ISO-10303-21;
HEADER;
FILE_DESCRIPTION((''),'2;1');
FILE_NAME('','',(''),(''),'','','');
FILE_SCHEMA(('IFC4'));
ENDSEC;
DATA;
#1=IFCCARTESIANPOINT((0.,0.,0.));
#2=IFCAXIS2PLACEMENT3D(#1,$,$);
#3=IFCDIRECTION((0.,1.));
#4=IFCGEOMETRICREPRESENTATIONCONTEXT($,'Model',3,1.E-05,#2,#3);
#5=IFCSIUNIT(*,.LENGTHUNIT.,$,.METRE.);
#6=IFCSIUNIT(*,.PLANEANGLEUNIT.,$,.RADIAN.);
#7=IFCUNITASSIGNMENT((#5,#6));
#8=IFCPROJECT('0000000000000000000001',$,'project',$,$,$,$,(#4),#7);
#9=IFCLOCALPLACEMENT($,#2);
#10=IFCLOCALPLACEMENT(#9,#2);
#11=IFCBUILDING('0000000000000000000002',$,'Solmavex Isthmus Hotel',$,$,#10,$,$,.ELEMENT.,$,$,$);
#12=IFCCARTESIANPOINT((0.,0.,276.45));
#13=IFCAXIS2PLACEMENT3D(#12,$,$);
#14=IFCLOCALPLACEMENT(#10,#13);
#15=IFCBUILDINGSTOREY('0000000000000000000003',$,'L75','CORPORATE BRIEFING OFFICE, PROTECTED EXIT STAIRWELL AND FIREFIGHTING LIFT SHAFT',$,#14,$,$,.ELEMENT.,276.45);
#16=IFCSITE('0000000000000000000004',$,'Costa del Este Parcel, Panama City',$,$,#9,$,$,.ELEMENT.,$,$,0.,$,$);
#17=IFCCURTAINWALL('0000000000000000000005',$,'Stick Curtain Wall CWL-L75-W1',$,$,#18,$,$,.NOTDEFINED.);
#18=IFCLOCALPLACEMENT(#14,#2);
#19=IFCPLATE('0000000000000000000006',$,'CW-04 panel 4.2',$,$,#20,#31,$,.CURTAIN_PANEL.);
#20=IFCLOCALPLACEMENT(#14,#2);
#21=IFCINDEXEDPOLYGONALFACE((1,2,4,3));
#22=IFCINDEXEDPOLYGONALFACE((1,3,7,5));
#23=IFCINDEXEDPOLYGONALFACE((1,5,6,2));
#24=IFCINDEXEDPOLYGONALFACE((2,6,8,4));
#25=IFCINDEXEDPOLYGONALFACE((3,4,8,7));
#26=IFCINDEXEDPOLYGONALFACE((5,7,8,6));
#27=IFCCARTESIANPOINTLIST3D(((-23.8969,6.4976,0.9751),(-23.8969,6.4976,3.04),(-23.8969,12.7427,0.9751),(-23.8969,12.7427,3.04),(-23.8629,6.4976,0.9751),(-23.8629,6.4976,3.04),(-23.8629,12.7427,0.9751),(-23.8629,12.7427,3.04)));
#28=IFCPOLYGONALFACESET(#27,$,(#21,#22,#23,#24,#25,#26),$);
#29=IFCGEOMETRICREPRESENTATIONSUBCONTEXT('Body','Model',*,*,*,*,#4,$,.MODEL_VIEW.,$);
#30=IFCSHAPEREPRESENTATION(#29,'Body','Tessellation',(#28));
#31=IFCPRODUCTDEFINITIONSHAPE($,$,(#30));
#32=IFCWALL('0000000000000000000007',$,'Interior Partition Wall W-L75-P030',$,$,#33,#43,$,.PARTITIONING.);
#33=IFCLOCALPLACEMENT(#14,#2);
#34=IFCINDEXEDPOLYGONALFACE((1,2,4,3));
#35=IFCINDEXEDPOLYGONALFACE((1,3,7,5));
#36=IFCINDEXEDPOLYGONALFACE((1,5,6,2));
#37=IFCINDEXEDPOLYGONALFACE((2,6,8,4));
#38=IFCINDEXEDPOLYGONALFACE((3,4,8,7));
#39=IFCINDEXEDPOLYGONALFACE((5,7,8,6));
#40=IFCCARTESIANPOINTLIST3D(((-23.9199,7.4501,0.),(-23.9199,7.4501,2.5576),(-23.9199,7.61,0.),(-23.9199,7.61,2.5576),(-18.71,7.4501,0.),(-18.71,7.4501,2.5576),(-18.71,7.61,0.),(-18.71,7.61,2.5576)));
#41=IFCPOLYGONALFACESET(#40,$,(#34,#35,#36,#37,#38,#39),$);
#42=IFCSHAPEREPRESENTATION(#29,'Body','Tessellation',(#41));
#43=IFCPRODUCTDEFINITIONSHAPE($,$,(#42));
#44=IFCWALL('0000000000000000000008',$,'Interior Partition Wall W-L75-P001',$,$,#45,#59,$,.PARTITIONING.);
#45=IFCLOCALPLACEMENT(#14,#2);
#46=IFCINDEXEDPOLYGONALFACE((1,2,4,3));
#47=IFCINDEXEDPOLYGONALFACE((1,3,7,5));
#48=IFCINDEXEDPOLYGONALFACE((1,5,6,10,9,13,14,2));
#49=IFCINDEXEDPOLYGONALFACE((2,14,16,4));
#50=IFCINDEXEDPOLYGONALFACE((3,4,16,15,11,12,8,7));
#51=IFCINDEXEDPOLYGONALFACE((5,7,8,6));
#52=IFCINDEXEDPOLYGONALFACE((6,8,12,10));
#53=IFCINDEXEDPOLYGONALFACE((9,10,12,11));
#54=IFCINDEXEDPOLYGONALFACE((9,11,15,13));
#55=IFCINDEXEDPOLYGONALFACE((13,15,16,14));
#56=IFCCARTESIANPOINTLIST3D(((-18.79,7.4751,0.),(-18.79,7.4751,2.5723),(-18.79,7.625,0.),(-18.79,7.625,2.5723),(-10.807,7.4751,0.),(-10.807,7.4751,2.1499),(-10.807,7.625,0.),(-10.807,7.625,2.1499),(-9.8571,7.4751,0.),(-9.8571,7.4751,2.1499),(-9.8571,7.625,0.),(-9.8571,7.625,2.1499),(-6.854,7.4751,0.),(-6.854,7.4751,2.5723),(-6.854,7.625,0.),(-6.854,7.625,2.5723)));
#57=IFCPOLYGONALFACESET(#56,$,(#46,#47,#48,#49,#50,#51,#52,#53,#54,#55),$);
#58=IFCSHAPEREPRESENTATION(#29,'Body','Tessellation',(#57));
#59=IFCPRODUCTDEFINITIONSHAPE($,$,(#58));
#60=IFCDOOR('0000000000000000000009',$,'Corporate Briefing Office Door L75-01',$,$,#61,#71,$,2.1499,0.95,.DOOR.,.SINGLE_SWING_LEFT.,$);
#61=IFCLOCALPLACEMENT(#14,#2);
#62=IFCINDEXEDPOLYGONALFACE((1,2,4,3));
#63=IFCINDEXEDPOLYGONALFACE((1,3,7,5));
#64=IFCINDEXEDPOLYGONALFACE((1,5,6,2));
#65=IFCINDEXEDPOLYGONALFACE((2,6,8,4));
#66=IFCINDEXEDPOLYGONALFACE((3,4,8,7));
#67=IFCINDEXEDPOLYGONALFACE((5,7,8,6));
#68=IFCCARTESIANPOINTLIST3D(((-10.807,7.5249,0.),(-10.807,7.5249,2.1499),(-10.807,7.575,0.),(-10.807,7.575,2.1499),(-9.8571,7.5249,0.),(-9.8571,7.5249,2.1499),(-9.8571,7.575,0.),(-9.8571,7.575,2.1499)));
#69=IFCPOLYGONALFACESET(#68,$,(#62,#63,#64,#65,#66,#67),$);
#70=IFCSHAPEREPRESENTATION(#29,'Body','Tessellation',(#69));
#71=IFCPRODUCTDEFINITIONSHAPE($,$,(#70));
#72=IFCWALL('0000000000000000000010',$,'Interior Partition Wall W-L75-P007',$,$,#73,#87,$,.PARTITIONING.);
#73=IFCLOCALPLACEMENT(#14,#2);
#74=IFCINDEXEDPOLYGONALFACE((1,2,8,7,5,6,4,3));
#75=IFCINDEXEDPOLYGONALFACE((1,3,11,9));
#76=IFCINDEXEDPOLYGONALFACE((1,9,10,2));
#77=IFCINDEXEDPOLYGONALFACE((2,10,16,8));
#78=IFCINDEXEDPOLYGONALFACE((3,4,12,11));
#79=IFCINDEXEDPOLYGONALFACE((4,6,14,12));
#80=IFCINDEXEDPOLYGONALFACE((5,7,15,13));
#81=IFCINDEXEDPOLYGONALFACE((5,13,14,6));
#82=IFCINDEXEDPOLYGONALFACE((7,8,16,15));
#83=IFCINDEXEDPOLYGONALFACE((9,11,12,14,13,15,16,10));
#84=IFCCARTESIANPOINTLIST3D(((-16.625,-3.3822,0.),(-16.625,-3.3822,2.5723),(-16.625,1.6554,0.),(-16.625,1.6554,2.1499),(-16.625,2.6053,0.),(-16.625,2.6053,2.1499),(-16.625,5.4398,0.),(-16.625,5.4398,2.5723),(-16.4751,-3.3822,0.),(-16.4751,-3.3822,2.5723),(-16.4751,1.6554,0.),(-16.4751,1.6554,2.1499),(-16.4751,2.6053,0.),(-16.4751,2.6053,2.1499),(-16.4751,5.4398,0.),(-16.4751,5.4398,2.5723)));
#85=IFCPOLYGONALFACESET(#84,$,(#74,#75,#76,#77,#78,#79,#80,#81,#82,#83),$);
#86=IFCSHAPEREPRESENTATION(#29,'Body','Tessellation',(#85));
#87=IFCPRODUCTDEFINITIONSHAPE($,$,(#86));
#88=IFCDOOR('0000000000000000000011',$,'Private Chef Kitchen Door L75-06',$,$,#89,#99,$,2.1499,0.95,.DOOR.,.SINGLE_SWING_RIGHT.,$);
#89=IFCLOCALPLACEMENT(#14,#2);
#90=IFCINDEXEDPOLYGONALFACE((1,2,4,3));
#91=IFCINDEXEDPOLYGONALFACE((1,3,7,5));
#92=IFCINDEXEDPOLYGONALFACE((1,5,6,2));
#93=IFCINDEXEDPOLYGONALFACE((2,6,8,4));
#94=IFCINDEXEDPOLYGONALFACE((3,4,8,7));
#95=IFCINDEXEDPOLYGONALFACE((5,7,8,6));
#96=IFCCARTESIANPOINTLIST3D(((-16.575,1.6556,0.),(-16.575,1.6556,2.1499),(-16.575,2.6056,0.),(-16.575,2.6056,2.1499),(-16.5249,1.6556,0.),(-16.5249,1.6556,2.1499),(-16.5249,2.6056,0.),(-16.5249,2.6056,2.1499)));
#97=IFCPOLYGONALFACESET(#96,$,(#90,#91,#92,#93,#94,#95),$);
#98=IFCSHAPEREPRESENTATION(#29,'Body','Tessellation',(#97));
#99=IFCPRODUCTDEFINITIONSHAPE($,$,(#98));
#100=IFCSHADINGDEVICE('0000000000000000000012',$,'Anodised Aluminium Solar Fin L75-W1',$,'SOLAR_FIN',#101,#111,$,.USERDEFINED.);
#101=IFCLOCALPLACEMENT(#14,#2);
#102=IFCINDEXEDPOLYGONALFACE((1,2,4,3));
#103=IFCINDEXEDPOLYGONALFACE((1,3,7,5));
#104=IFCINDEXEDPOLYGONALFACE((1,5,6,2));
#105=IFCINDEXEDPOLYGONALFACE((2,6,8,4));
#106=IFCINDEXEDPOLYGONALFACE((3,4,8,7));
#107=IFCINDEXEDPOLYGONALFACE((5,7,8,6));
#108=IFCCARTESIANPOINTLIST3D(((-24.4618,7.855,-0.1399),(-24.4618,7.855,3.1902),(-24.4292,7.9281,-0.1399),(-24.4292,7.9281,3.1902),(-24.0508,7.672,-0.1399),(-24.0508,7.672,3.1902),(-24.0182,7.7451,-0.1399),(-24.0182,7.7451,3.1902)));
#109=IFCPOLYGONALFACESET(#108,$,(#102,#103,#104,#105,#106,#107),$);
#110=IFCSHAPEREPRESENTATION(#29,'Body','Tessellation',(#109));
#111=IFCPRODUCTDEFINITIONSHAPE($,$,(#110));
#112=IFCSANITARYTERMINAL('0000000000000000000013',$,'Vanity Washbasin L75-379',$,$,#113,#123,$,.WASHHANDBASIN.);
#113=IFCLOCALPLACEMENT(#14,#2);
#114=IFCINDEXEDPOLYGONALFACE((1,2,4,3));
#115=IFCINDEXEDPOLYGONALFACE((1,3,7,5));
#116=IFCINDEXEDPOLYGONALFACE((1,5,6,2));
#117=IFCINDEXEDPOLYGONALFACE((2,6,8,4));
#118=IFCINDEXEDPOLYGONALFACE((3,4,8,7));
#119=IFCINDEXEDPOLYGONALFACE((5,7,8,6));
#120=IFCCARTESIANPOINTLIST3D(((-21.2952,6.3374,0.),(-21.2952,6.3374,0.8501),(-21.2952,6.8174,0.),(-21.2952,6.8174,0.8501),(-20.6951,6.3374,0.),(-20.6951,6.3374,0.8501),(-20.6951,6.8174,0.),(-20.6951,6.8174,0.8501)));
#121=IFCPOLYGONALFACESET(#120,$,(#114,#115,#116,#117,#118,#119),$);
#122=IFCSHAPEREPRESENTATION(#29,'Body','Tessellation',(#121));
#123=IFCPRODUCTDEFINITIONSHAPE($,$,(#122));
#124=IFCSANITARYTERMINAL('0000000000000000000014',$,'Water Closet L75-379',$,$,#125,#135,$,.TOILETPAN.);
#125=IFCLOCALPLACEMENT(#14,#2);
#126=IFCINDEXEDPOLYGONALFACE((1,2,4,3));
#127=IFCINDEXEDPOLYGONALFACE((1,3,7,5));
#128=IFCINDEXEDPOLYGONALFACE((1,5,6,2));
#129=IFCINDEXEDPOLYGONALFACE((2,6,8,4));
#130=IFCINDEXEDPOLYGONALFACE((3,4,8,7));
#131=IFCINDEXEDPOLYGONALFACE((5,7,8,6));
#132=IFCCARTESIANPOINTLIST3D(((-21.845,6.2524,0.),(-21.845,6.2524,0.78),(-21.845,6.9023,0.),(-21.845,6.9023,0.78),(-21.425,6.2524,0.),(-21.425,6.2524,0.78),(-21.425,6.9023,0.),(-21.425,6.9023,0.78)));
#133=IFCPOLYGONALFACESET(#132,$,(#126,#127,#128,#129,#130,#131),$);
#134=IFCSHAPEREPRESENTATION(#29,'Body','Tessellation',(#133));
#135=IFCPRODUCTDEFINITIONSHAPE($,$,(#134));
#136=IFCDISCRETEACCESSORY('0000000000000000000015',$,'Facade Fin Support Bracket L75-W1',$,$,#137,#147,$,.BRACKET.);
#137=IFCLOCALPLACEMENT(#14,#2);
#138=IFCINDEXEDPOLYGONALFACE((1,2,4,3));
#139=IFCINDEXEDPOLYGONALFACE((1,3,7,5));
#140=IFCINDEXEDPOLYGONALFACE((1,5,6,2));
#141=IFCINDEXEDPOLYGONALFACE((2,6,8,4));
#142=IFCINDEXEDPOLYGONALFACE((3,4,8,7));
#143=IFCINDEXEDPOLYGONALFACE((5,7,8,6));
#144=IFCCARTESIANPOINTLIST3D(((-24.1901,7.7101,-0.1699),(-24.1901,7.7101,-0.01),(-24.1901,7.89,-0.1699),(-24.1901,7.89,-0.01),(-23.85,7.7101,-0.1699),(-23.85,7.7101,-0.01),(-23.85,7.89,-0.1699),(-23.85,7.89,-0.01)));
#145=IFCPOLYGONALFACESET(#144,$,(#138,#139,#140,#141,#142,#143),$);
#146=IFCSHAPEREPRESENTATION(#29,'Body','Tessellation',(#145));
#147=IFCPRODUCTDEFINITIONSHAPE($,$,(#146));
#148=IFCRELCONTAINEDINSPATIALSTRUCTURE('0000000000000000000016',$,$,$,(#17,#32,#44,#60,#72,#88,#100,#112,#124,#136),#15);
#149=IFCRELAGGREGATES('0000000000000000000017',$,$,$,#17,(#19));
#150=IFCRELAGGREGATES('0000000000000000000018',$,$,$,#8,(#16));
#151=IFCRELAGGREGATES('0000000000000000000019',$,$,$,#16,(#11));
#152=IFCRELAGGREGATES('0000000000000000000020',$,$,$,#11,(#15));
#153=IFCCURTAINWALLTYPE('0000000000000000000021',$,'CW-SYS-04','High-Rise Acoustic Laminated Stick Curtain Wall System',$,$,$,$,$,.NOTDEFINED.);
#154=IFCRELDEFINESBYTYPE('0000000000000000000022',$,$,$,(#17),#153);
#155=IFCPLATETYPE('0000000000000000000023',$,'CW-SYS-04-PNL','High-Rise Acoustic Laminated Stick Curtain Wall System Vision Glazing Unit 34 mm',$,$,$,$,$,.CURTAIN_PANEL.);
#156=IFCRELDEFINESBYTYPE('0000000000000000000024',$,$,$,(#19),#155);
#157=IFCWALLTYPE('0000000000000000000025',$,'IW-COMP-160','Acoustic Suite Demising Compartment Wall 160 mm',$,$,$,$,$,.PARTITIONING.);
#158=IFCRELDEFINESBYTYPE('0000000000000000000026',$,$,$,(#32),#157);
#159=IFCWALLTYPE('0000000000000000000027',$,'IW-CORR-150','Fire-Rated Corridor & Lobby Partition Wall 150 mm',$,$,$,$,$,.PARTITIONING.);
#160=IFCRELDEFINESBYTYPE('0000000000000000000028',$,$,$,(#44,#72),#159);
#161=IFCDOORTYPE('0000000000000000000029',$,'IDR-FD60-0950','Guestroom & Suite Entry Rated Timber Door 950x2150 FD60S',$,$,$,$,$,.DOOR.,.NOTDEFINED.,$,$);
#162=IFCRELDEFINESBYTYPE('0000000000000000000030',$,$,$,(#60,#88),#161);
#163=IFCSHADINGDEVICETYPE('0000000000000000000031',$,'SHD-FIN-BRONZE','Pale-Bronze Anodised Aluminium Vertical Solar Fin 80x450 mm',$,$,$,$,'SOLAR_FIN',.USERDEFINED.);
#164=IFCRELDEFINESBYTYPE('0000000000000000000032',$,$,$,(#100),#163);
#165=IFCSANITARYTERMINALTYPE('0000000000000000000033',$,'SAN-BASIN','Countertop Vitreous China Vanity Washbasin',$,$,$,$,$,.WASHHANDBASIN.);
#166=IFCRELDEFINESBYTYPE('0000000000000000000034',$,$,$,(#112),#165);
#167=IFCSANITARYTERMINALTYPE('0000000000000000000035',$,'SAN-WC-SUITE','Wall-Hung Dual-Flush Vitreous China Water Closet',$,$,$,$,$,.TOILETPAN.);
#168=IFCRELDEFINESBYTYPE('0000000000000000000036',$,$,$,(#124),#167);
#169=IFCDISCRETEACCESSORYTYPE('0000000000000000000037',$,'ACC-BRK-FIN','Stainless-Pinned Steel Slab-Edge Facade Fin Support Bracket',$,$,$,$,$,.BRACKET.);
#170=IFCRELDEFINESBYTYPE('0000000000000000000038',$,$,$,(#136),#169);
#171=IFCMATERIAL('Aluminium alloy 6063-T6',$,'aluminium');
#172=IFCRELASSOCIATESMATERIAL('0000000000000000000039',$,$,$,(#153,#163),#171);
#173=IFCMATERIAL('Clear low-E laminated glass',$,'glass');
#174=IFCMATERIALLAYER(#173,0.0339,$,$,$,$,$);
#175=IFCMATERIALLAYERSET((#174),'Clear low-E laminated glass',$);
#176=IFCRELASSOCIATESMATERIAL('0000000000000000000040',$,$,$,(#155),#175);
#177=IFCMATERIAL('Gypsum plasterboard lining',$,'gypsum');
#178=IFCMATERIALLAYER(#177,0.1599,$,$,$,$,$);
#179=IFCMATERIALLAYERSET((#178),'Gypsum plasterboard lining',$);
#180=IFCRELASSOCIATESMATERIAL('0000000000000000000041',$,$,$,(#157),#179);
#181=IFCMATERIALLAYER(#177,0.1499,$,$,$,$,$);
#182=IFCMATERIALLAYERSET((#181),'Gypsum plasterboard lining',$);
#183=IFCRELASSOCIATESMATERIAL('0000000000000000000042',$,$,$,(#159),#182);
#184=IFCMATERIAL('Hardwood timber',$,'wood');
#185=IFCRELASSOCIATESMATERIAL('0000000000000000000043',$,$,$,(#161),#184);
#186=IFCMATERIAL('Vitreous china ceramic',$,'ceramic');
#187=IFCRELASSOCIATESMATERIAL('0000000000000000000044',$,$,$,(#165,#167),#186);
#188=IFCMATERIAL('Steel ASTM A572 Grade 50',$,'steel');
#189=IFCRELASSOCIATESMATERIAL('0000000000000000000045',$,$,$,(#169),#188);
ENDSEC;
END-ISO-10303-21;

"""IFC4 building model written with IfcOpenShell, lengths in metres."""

from ifc_helpers import new_model, si_unit, direction, frame, frame_2d, origin, origin_2d, place, context, subcontext, project, spatial, rectangle, extrude, material, layer, layer_set, type_object, element, fill, aggregate, save


model = new_model("IFC4")

# Units and contexts
model_context = context("Model", 3, precision=1e-05, world=origin(), true_north=direction((0.0, 1.0)))
body_context = subcontext(model_context, "Body", "Model", "MODEL_VIEW")
ifc_project = project(units=[si_unit("LENGTHUNIT", "METRE"), si_unit("PLANEANGLEUNIT", "RADIAN")], contexts=[model_context])

# Site, building, storey
site_placement = place(None, origin())
site = spatial("IfcSite", under=ifc_project, at=site_placement, Name="Costa del Este Parcel, Panama City", CompositionType="ELEMENT", RefElevation=0.0)
building_placement = place(site_placement, origin())
building = spatial("IfcBuilding", under=site, at=building_placement, Name="Solmavex Isthmus Hotel", CompositionType="ELEMENT")
storey_placement = place(building_placement, frame((0.0, 0.0, 276.45)))
storey = spatial("IfcBuildingStorey", under=building, at=storey_placement, Name="L75", Description="CORPORATE BRIEFING OFFICE, PROTECTED EXIT STAIRWELL AND FIREFIGHTING LIFT SHAFT", CompositionType="ELEMENT", Elevation=276.45)

# Curtain wall, plate
ifc_material_1 = material(Name="Aluminium alloy 6063-T6", Category="aluminium")
curtain_wall_type = type_object("IfcCurtainWallType", Name="CW-SYS-04", Description="High-Rise Acoustic Laminated Stick Curtain Wall System", PredefinedType="NOTDEFINED", material=ifc_material_1)
curtain_wall_placement = place(storey_placement, origin())
curtain_wall = element("IfcCurtainWall", 1, at=curtain_wall_placement, inside=storey, type_object=curtain_wall_type, Name="Stick Curtain Wall CWL-L75-W1", PredefinedType="NOTDEFINED")
ifc_material_2 = material(Name="Clear low-E laminated glass", Category="glass")
ifc_layer_1 = layer(ifc_material_2, 0.0339)
ifc_layer_set_1 = layer_set([ifc_layer_1], Name="Clear low-E laminated glass")
plate_type = type_object("IfcPlateType", Name="CW-SYS-04-PNL", Description="High-Rise Acoustic Laminated Stick Curtain Wall System Vision Glazing Unit 34 mm", PredefinedType="CURTAIN_PANEL", material=ifc_layer_set_1)
plate_1_placement = place(storey_placement, frame((-23.8799, 9.6201, 0.9751), z_axis=(0.0, 0.0, 1.0), x_axis=(0.0, 1.0, 0.0)))
plate_1 = element("IfcPlate", 2, at=plate_1_placement, type_object=plate_type, Name="CW-04 panel 4.2", PredefinedType="CURTAIN_PANEL", context=body_context, shape_type="SweptSolid", body=[
    extrude(rectangle(XDim=6.2451, YDim=0.0339, at=origin_2d()), origin(), (0.0, 0.0, 1.0), 2.0649),
])
aggregate(curtain_wall, [plate_1])

# Wall
ifc_material_3 = material(Name="Gypsum plasterboard lining", Category="gypsum")
ifc_layer_2 = layer(ifc_material_3, 0.1599)
ifc_layer_set_2 = layer_set([ifc_layer_2], Name="Gypsum plasterboard lining")
wall_type_1 = type_object("IfcWallType", Name="IW-COMP-160", Description="Acoustic Suite Demising Compartment Wall 160 mm", PredefinedType="PARTITIONING", material=ifc_layer_set_2)
wall_1_placement = place(storey_placement, frame((-18.71, 7.53, 0.0), z_axis=(0.0, 0.0, 1.0), x_axis=(-1.0, 0.0, 0.0)))
element("IfcWall", 3, at=wall_1_placement, inside=storey, type_object=wall_type_1, Name="Interior Partition Wall W-L75-P030", PredefinedType="PARTITIONING", context=body_context, shape_type="SweptSolid", body=[
    extrude(rectangle(XDim=5.21, YDim=0.1599, at=frame_2d((2.605, 0.0))), origin(), (0.0, 0.0, 1.0), 2.5576),
])

# Walls, openings, doors
ifc_layer_3 = layer(ifc_material_3, 0.1499)
ifc_layer_set_3 = layer_set([ifc_layer_3], Name="Gypsum plasterboard lining")
wall_type_2 = type_object("IfcWallType", Name="IW-CORR-150", Description="Fire-Rated Corridor & Lobby Partition Wall 150 mm", PredefinedType="PARTITIONING", material=ifc_layer_set_3)
wall_2_placement = place(storey_placement, frame((-18.79, 7.55, 0.0), z_axis=(0.0, 0.0, 1.0), x_axis=(1.0, 0.0, 0.0)))
wall_2 = element("IfcWall", 4, at=wall_2_placement, inside=storey, type_object=wall_type_2, Name="Interior Partition Wall W-L75-P001", PredefinedType="PARTITIONING", context=body_context, shape_type="SweptSolid", body=[
    extrude(rectangle(XDim=11.936, YDim=0.1499, at=frame_2d((5.968, 0.0))), origin(), (0.0, 0.0, 1.0), 2.5723),
])
opening_1_placement = place(wall_2_placement, frame((7.9829, 0.0, 0.0)))
opening_1 = element("IfcOpeningElement", 5, at=opening_1_placement, cuts=wall_2, PredefinedType="OPENING", context=body_context, shape_type="SweptSolid", body=[
    extrude(rectangle(XDim=0.95, YDim=2.1499, at=frame_2d((0.4751, 1.075))), frame((0.0, 0.085, 0.0), z_axis=(0.0, -1.0, 0.0), x_axis=(1.0, 0.0, 0.0)), (0.0, 0.0, 1.0), 0.1699),
])
ifc_material_4 = material(Name="Hardwood timber", Category="wood")
door_type = type_object("IfcDoorType", Name="IDR-FD60-0950", Description="Guestroom & Suite Entry Rated Timber Door 950x2150 FD60S", OperationType="NOTDEFINED", PredefinedType="DOOR", material=ifc_material_4)
door_1_placement = place(opening_1_placement, origin())
door_1 = element("IfcDoor", 6, at=door_1_placement, inside=storey, type_object=door_type, Name="Corporate Briefing Office Door L75-01", OperationType="SINGLE_SWING_LEFT", OverallHeight=2.1499, OverallWidth=0.95, PredefinedType="DOOR", context=body_context, shape_type="SweptSolid", body=[
    extrude(rectangle(XDim=0.95, YDim=2.1499, at=frame_2d((0.4751, 1.075))), frame((0.0, 0.0249, 0.0), z_axis=(0.0, -1.0, 0.0), x_axis=(1.0, 0.0, 0.0)), (0.0, 0.0, 1.0), 0.05),
])
fill(opening_1, door_1)
wall_3_placement = place(storey_placement, frame((-16.55, 5.4399, 0.0), z_axis=(0.0, 0.0, 1.0), x_axis=(0.0, -1.0, 0.0)))
wall_3 = element("IfcWall", 7, at=wall_3_placement, inside=storey, type_object=wall_type_2, Name="Interior Partition Wall W-L75-P007", PredefinedType="PARTITIONING", context=body_context, shape_type="SweptSolid", body=[
    extrude(rectangle(XDim=8.822, YDim=0.1499, at=frame_2d((4.4111, 0.0))), origin(), (0.0, 0.0, 1.0), 2.5723),
])
opening_2_placement = place(wall_3_placement, frame((2.8345, 0.0, 0.0)))
opening_2 = element("IfcOpeningElement", 8, at=opening_2_placement, cuts=wall_3, PredefinedType="OPENING", context=body_context, shape_type="SweptSolid", body=[
    extrude(rectangle(XDim=0.95, YDim=2.1499, at=frame_2d((0.4751, 1.075))), frame((0.0, 0.085, 0.0), z_axis=(0.0, -1.0, 0.0), x_axis=(1.0, 0.0, 0.0)), (0.0, 0.0, 1.0), 0.1699),
])
door_2_placement = place(opening_2_placement, frame((0.95, 0.0, 0.0), z_axis=(0.0, 0.0, 1.0), x_axis=(-1.0, 0.0, 0.0)))
door_2 = element("IfcDoor", 9, at=door_2_placement, inside=storey, type_object=door_type, Name="Private Chef Kitchen Door L75-06", OperationType="SINGLE_SWING_RIGHT", OverallHeight=2.1499, OverallWidth=0.95, PredefinedType="DOOR", context=body_context, shape_type="SweptSolid", body=[
    extrude(rectangle(XDim=0.95, YDim=2.1499, at=frame_2d((0.4751, 1.075))), frame((0.0, 0.0249, 0.0), z_axis=(0.0, -1.0, 0.0), x_axis=(1.0, 0.0, 0.0)), (0.0, 0.0, 1.0), 0.05),
])
fill(opening_2, door_2)

# Shading device
shading_device_type = type_object("IfcShadingDeviceType", Name="SHD-FIN-BRONZE", Description="Pale-Bronze Anodised Aluminium Vertical Solar Fin 80x450 mm", ElementType="SOLAR_FIN", PredefinedType="USERDEFINED", material=ifc_material_1)
shading_device_placement = place(storey_placement, frame((-24.24, 7.8, -0.1399), z_axis=(0.0, 0.0, 1.0), x_axis=(-0.913545, 0.406737, 0.0)))
element("IfcShadingDevice", 10, at=shading_device_placement, inside=storey, type_object=shading_device_type, Name="Anodised Aluminium Solar Fin L75-W1", ObjectType="SOLAR_FIN", PredefinedType="USERDEFINED", context=body_context, shape_type="SweptSolid", body=[
    extrude(rectangle(XDim=0.45, YDim=0.0801, at=origin_2d()), origin(), (0.0, 0.0, 1.0), 3.3301),
])

# Sanitary terminals
ifc_material_5 = material(Name="Vitreous china ceramic", Category="ceramic")
sanitary_terminal_type_1 = type_object("IfcSanitaryTerminalType", Name="SAN-BASIN", Description="Countertop Vitreous China Vanity Washbasin", PredefinedType="WASHHANDBASIN", material=ifc_material_5)
sanitary_terminal_1_placement = place(storey_placement, frame((-20.9951, 6.5774, 0.0), z_axis=(0.0, 0.0, 1.0), x_axis=(1.0, 0.0, 0.0)))
element("IfcSanitaryTerminal", 11, at=sanitary_terminal_1_placement, inside=storey, type_object=sanitary_terminal_type_1, Name="Vanity Washbasin L75-379", PredefinedType="WASHHANDBASIN", context=body_context, shape_type="SweptSolid", body=[
    extrude(rectangle(XDim=0.6001, YDim=0.48, at=origin_2d()), origin(), (0.0, 0.0, 1.0), 0.8501),
])
sanitary_terminal_type_2 = type_object("IfcSanitaryTerminalType", Name="SAN-WC-SUITE", Description="Wall-Hung Dual-Flush Vitreous China Water Closet", PredefinedType="TOILETPAN", material=ifc_material_5)
sanitary_terminal_2_placement = place(storey_placement, frame((-21.635, 6.5774, 0.0), z_axis=(0.0, 0.0, 1.0), x_axis=(1.0, 0.0, 0.0)))
element("IfcSanitaryTerminal", 12, at=sanitary_terminal_2_placement, inside=storey, type_object=sanitary_terminal_type_2, Name="Water Closet L75-379", PredefinedType="TOILETPAN", context=body_context, shape_type="SweptSolid", body=[
    extrude(rectangle(XDim=0.4199, YDim=0.6499, at=origin_2d()), origin(), (0.0, 0.0, 1.0), 0.78),
])

# Discrete accessory
ifc_material_6 = material(Name="Steel ASTM A572 Grade 50", Category="steel")
discrete_accessory_type = type_object("IfcDiscreteAccessoryType", Name="ACC-BRK-FIN", Description="Stainless-Pinned Steel Slab-Edge Facade Fin Support Bracket", PredefinedType="BRACKET", material=ifc_material_6)
discrete_accessory_placement = place(storey_placement, frame((-24.02, 7.8, -0.1699), z_axis=(0.0, 0.0, 1.0), x_axis=(-1.0, 0.0, 0.0)))
element("IfcDiscreteAccessory", 13, at=discrete_accessory_placement, inside=storey, type_object=discrete_accessory_type, Name="Facade Fin Support Bracket L75-W1", PredefinedType="BRACKET", context=body_context, shape_type="SweptSolid", body=[
    extrude(rectangle(XDim=0.3401, YDim=0.1799, at=origin_2d()), origin(), (0.0, 0.0, 1.0), 0.1599),
])

save(model, "model.ifc")
